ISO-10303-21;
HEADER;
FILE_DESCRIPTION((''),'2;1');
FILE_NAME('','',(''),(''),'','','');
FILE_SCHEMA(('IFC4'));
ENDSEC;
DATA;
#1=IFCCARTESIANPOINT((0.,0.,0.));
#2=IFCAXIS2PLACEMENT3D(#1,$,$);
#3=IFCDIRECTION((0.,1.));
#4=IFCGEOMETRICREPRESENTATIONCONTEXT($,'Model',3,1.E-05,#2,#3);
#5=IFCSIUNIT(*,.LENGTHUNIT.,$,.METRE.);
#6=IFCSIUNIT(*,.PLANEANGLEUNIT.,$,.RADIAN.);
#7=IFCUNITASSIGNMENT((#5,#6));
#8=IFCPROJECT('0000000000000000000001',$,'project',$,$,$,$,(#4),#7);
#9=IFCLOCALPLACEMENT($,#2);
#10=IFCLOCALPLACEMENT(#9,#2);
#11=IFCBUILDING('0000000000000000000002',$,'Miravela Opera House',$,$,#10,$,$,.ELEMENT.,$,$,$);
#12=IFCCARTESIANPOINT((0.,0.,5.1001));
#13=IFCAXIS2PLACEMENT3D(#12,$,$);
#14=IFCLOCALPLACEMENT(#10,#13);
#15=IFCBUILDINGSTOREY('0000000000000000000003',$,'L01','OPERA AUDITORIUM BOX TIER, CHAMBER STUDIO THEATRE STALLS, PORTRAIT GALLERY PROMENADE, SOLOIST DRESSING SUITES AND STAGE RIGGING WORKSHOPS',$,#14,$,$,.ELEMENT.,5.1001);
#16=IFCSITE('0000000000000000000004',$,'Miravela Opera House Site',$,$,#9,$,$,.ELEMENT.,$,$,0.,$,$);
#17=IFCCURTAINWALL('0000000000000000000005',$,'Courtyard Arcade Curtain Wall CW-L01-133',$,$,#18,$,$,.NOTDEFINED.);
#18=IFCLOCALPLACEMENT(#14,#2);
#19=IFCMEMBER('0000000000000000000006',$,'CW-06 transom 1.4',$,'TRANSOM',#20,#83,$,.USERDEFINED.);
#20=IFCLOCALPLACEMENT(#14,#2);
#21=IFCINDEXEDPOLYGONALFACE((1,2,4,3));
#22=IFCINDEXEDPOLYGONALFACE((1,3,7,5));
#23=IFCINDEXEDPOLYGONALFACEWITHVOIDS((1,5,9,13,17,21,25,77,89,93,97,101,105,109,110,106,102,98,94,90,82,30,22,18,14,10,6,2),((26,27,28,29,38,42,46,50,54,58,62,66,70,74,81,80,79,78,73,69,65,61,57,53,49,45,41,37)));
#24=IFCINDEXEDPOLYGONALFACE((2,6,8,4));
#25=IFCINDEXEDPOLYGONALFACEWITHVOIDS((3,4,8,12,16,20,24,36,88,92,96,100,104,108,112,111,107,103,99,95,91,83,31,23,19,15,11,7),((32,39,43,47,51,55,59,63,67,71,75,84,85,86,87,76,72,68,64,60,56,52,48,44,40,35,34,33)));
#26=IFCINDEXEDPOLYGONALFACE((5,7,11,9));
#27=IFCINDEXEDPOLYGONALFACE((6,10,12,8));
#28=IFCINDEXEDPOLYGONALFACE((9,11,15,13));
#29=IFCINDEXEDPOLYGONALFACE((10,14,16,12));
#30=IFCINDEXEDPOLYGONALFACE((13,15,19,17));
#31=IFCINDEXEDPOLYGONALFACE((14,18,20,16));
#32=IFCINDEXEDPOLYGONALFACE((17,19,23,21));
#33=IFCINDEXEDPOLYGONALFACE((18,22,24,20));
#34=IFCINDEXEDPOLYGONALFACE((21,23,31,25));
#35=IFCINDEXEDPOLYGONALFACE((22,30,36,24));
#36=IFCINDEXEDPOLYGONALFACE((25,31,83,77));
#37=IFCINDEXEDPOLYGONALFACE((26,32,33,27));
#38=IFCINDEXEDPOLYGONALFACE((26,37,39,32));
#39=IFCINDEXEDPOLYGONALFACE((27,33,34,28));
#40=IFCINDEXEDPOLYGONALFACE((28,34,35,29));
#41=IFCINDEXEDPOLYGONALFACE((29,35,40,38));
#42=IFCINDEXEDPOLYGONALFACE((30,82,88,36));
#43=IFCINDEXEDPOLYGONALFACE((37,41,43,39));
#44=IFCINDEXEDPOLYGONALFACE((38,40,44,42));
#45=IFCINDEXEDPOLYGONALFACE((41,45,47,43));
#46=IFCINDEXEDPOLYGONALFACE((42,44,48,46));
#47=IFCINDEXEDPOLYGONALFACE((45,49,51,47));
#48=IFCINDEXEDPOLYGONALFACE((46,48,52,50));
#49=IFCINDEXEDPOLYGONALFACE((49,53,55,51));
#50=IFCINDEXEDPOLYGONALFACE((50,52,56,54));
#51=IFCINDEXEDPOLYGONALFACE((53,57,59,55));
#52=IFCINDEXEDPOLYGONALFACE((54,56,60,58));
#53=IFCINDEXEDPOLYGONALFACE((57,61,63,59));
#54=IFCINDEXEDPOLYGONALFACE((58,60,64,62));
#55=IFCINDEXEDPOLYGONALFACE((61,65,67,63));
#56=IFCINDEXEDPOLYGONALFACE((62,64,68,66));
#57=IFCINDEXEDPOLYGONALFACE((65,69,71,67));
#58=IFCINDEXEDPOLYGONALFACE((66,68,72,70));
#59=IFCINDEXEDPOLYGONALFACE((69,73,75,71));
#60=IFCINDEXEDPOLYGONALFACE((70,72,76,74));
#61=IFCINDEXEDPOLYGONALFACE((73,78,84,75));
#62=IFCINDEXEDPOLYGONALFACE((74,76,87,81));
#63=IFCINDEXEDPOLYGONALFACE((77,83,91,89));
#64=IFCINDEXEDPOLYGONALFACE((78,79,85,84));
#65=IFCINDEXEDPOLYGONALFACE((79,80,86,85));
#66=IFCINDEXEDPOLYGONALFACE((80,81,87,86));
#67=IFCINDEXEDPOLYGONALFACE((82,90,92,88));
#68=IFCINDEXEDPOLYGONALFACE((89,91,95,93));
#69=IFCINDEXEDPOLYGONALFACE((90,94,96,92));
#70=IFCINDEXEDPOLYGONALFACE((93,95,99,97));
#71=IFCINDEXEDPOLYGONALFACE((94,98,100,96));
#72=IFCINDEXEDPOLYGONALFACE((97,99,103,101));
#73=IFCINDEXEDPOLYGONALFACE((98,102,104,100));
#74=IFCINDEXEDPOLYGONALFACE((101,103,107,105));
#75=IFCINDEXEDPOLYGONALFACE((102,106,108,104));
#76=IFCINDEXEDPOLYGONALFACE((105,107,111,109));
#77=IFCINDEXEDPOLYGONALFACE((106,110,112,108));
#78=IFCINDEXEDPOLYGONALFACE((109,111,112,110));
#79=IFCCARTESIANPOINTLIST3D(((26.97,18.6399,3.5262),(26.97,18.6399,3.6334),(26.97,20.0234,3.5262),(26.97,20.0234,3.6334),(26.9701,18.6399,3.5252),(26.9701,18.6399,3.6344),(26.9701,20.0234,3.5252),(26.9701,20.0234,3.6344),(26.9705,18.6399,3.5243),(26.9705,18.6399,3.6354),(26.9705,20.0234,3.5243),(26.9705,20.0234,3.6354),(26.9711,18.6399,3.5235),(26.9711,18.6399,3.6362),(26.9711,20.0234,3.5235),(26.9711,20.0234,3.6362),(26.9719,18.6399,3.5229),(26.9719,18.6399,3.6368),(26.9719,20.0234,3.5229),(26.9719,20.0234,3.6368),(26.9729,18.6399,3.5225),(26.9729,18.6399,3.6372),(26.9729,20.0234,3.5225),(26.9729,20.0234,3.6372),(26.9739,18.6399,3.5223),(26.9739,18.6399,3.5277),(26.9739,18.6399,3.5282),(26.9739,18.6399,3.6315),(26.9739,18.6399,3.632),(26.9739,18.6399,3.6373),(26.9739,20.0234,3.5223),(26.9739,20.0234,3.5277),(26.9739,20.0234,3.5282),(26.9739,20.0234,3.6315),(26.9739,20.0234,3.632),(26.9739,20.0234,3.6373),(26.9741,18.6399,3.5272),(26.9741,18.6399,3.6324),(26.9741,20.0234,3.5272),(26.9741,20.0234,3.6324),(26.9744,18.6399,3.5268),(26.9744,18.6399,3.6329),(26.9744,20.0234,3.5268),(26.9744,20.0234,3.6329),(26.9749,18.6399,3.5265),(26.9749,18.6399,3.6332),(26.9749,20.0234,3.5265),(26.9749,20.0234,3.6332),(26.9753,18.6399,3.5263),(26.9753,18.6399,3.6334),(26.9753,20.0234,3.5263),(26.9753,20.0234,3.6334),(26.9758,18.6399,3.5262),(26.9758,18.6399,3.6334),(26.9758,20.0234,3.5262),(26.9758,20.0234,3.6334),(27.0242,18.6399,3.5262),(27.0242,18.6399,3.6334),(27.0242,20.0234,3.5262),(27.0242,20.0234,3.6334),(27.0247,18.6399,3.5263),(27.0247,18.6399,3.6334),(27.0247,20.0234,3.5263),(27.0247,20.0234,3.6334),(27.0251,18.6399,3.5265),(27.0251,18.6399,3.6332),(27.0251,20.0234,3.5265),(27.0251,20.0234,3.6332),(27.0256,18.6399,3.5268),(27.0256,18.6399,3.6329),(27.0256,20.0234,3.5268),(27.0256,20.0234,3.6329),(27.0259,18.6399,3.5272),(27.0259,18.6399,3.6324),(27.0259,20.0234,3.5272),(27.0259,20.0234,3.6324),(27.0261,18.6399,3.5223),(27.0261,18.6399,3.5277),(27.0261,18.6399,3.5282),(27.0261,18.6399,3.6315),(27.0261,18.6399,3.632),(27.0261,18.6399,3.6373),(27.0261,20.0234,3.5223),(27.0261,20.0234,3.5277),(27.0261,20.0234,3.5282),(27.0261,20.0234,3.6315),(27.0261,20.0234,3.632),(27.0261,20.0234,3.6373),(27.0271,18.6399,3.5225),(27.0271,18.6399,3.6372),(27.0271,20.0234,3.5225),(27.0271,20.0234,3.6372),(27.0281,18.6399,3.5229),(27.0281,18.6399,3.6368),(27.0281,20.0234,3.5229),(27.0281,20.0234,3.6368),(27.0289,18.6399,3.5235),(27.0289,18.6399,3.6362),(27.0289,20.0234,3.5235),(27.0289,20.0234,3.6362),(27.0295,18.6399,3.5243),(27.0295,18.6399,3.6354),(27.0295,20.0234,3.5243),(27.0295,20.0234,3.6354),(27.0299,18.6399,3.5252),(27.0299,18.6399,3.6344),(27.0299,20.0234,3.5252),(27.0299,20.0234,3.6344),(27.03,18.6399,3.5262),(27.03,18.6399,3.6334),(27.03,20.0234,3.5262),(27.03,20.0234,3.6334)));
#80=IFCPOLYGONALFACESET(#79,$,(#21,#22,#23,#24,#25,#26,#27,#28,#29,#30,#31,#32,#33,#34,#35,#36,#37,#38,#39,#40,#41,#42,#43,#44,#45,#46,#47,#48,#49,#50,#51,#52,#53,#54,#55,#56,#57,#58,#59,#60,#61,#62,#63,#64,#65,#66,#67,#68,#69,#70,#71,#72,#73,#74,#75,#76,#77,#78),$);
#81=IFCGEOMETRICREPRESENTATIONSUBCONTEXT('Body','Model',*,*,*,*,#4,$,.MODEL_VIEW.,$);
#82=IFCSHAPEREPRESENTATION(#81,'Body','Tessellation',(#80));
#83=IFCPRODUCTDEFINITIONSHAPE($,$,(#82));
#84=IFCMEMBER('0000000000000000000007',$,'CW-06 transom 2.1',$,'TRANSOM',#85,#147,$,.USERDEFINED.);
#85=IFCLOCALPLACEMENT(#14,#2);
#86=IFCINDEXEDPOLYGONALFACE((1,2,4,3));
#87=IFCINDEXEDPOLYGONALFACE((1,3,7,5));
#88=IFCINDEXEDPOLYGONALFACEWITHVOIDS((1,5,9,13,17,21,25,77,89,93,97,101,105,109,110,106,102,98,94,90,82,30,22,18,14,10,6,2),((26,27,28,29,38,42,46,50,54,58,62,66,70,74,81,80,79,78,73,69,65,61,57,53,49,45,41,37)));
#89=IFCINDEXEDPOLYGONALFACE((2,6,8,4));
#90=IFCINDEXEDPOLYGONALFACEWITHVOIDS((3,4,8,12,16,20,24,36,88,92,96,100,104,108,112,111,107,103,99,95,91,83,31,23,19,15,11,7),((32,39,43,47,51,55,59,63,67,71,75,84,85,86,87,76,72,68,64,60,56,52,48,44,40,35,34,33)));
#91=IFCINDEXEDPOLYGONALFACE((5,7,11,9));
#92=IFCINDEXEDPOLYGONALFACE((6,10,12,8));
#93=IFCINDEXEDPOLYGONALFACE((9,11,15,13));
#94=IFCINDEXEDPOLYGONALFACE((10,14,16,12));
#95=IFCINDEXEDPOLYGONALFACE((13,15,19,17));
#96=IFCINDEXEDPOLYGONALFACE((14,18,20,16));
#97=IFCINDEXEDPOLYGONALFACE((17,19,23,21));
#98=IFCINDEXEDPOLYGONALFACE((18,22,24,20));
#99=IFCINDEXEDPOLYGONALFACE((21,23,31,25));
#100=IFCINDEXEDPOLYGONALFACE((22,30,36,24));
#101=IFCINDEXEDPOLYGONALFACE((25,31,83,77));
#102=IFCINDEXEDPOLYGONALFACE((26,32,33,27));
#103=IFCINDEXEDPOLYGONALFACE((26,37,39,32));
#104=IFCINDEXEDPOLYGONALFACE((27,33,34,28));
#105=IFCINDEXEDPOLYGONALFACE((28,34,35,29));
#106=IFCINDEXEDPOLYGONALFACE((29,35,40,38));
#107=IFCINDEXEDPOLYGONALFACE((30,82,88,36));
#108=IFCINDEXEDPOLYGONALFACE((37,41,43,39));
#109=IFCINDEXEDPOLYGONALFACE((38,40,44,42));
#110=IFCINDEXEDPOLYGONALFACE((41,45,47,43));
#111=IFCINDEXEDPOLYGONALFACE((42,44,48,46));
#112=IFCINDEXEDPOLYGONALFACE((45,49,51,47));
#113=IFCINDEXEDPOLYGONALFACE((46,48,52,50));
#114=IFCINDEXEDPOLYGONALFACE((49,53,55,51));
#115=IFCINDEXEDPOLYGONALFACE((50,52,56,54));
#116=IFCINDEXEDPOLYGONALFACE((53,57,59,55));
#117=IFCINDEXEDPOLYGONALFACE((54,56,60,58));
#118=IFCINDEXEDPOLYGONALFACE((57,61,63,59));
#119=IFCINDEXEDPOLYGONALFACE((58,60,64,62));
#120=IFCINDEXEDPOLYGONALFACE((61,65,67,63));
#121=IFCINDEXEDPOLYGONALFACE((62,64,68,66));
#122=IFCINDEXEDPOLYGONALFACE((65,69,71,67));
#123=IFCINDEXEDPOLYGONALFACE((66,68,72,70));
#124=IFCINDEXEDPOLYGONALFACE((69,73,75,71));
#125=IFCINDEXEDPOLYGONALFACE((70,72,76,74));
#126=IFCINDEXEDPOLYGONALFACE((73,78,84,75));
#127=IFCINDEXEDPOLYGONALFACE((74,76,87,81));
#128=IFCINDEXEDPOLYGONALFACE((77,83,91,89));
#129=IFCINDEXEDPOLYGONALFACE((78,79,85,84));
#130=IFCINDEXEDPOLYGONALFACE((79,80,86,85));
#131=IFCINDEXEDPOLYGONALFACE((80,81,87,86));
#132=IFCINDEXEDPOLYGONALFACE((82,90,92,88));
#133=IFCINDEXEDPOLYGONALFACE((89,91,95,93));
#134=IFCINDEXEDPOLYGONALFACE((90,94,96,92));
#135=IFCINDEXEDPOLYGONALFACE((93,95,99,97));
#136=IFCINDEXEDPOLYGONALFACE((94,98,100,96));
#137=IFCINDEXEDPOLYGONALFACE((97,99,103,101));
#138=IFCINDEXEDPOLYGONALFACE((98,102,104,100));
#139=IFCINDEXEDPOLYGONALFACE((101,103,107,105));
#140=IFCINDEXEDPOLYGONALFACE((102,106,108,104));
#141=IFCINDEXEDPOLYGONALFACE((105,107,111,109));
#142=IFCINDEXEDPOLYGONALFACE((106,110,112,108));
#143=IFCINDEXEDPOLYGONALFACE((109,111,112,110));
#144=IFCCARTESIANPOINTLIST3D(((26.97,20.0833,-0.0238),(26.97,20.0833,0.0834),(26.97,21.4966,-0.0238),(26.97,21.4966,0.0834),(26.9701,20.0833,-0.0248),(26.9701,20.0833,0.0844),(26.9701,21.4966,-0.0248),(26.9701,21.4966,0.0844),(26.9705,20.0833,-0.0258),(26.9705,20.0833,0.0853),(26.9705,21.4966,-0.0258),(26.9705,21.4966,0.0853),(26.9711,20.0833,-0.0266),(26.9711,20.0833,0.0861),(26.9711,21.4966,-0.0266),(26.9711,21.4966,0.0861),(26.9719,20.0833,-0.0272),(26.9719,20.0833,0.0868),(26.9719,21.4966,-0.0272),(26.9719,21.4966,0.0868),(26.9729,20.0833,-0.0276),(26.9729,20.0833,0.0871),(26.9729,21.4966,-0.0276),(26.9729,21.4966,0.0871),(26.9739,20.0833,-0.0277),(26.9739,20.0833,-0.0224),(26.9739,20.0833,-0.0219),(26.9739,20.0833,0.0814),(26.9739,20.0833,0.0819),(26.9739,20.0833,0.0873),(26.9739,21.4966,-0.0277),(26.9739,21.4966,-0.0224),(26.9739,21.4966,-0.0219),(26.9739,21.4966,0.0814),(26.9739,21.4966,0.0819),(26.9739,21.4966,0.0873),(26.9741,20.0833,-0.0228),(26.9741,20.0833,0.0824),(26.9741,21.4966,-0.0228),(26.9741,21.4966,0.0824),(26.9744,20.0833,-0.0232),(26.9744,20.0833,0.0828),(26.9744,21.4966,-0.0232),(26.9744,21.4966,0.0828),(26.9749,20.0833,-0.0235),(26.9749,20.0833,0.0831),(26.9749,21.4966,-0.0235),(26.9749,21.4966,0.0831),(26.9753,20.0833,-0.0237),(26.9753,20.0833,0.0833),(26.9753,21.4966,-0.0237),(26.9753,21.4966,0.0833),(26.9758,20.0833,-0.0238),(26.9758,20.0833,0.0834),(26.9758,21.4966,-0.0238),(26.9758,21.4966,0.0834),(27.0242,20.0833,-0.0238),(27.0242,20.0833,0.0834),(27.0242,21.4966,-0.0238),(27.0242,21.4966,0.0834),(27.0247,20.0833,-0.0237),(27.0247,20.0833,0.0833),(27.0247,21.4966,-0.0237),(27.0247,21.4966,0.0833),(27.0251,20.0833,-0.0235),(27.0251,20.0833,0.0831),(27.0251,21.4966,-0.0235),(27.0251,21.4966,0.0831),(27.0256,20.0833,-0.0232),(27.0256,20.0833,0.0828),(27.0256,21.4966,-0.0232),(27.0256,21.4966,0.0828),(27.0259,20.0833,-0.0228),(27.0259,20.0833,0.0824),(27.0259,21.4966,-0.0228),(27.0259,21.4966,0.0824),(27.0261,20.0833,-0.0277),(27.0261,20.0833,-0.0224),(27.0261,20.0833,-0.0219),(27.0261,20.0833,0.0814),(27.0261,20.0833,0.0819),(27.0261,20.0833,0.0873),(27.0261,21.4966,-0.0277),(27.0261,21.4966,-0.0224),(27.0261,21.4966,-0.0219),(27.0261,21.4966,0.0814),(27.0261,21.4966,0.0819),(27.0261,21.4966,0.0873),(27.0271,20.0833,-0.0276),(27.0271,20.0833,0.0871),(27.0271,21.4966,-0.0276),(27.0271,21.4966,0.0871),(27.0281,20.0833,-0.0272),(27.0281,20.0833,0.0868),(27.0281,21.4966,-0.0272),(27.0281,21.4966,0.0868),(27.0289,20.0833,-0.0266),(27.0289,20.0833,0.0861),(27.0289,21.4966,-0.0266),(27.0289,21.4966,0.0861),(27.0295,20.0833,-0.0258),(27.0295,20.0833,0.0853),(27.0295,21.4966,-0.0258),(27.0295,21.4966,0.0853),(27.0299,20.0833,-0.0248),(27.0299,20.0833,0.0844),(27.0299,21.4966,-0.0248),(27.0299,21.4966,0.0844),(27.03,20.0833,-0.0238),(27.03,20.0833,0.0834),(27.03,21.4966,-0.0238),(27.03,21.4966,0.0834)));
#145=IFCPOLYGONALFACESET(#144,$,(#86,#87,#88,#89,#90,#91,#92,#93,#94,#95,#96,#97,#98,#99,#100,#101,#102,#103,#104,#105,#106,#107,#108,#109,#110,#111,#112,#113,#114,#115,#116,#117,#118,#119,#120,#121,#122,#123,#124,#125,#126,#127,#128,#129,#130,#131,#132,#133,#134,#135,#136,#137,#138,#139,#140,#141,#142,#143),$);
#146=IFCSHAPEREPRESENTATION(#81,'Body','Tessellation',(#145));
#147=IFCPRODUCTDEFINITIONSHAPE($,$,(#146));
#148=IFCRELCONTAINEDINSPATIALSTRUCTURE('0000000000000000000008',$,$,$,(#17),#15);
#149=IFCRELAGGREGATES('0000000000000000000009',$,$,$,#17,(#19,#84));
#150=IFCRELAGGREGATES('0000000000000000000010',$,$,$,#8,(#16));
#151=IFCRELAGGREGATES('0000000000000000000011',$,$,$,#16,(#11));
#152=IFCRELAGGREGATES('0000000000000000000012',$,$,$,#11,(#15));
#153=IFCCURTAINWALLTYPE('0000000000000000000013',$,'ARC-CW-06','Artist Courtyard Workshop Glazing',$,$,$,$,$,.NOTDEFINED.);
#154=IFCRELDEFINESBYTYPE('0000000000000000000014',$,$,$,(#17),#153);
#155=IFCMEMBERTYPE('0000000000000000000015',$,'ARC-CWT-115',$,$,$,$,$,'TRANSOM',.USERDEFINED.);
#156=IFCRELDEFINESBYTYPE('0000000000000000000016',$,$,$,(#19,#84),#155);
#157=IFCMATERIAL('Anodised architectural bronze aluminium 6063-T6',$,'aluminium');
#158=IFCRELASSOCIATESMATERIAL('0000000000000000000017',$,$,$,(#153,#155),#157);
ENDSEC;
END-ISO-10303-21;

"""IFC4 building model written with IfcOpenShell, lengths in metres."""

from ifc_helpers import new_model, si_unit, direction, frame, origin, origin_2d, place, context, subcontext, project, spatial, hollow_rectangle, extrude, material, material_profile, profile_set, type_object, element, aggregate, save


model = new_model("IFC4")

# Units and contexts
model_context = context("Model", 3, precision=1e-05, world=origin(), true_north=direction((0.0, 1.0)))
body_context = subcontext(model_context, "Body", "Model", "MODEL_VIEW")
ifc_project = project(units=[si_unit("LENGTHUNIT", "METRE"), si_unit("PLANEANGLEUNIT", "RADIAN")], contexts=[model_context])

# Site, building, storey
site_placement = place(None, origin())
site = spatial("IfcSite", under=ifc_project, at=site_placement, Name="Miravela Opera House Site", CompositionType="ELEMENT", RefElevation=0.0)
building_placement = place(site_placement, origin())
building = spatial("IfcBuilding", under=site, at=building_placement, Name="Miravela Opera House", CompositionType="ELEMENT")
storey_placement = place(building_placement, frame((0.0, 0.0, 5.1001)))
storey = spatial("IfcBuildingStorey", under=building, at=storey_placement, Name="L01", Description="OPERA AUDITORIUM BOX TIER, CHAMBER STUDIO THEATRE STALLS, PORTRAIT GALLERY PROMENADE, SOLOIST DRESSING SUITES AND STAGE RIGGING WORKSHOPS", CompositionType="ELEMENT", Elevation=5.1001)

# Shared definitions
ifc_material_1 = material(Name="Anodised architectural bronze aluminium 6063-T6", Category="aluminium")
curtain_wall_type = type_object("IfcCurtainWallType", Name="ARC-CW-06", Description="Artist Courtyard Workshop Glazing", PredefinedType="NOTDEFINED", material=ifc_material_1)

# Curtain wall
curtain_wall_1_placement = place(storey_placement, origin())
curtain_wall_1 = element("IfcCurtainWall", 1, at=curtain_wall_1_placement, inside=storey, type_object=curtain_wall_type, Name="Courtyard Arcade Curtain Wall CW-L01-133", PredefinedType="NOTDEFINED")

# Members
ifc_material_profile_1 = material_profile(ifc_material_1, hollow_rectangle(XDim=0.0601, YDim=0.115, WallThickness=0.0039, InnerFilletRadius=0.002, OuterFilletRadius=0.0039, at=origin_2d()), Name="CWT-60X115")
ifc_profile_set_1 = profile_set([ifc_material_profile_1])
member_type_1 = type_object("IfcMemberType", Name="ARC-CWT-115", ElementType="TRANSOM", PredefinedType="USERDEFINED", material=ifc_profile_set_1)
member_1_placement = place(storey_placement, frame((27.0, 18.6399, 3.5798), z_axis=(0.0, 1.0, 0.0), x_axis=(-1.0, 0.0, 0.0)))
member_1 = element("IfcMember", 2, at=member_1_placement, type_object=member_type_1, Name="CW-06 transom 1.4", ObjectType="TRANSOM", PredefinedType="USERDEFINED", context=body_context, shape_type="SweptSolid", body=[
    extrude(hollow_rectangle(XDim=0.0601, YDim=0.115, WallThickness=0.0039, InnerFilletRadius=0.002, OuterFilletRadius=0.0039, at=origin_2d()), origin(), (0.0, 0.0, 1.0), 1.3835),
])
member_2_placement = place(storey_placement, frame((27.0, 20.0833, 0.0298), z_axis=(0.0, 1.0, 0.0), x_axis=(-1.0, 0.0, 0.0)))
member_2 = element("IfcMember", 3, at=member_2_placement, type_object=member_type_1, Name="CW-06 transom 2.1", ObjectType="TRANSOM", PredefinedType="USERDEFINED", context=body_context, shape_type="SweptSolid", body=[
    extrude(hollow_rectangle(XDim=0.0601, YDim=0.115, WallThickness=0.0039, InnerFilletRadius=0.002, OuterFilletRadius=0.0039, at=origin_2d()), origin(), (0.0, 0.0, 1.0), 1.4133),
])

aggregate(curtain_wall_1, [member_1, member_2])

save(model, "model.ifc")
